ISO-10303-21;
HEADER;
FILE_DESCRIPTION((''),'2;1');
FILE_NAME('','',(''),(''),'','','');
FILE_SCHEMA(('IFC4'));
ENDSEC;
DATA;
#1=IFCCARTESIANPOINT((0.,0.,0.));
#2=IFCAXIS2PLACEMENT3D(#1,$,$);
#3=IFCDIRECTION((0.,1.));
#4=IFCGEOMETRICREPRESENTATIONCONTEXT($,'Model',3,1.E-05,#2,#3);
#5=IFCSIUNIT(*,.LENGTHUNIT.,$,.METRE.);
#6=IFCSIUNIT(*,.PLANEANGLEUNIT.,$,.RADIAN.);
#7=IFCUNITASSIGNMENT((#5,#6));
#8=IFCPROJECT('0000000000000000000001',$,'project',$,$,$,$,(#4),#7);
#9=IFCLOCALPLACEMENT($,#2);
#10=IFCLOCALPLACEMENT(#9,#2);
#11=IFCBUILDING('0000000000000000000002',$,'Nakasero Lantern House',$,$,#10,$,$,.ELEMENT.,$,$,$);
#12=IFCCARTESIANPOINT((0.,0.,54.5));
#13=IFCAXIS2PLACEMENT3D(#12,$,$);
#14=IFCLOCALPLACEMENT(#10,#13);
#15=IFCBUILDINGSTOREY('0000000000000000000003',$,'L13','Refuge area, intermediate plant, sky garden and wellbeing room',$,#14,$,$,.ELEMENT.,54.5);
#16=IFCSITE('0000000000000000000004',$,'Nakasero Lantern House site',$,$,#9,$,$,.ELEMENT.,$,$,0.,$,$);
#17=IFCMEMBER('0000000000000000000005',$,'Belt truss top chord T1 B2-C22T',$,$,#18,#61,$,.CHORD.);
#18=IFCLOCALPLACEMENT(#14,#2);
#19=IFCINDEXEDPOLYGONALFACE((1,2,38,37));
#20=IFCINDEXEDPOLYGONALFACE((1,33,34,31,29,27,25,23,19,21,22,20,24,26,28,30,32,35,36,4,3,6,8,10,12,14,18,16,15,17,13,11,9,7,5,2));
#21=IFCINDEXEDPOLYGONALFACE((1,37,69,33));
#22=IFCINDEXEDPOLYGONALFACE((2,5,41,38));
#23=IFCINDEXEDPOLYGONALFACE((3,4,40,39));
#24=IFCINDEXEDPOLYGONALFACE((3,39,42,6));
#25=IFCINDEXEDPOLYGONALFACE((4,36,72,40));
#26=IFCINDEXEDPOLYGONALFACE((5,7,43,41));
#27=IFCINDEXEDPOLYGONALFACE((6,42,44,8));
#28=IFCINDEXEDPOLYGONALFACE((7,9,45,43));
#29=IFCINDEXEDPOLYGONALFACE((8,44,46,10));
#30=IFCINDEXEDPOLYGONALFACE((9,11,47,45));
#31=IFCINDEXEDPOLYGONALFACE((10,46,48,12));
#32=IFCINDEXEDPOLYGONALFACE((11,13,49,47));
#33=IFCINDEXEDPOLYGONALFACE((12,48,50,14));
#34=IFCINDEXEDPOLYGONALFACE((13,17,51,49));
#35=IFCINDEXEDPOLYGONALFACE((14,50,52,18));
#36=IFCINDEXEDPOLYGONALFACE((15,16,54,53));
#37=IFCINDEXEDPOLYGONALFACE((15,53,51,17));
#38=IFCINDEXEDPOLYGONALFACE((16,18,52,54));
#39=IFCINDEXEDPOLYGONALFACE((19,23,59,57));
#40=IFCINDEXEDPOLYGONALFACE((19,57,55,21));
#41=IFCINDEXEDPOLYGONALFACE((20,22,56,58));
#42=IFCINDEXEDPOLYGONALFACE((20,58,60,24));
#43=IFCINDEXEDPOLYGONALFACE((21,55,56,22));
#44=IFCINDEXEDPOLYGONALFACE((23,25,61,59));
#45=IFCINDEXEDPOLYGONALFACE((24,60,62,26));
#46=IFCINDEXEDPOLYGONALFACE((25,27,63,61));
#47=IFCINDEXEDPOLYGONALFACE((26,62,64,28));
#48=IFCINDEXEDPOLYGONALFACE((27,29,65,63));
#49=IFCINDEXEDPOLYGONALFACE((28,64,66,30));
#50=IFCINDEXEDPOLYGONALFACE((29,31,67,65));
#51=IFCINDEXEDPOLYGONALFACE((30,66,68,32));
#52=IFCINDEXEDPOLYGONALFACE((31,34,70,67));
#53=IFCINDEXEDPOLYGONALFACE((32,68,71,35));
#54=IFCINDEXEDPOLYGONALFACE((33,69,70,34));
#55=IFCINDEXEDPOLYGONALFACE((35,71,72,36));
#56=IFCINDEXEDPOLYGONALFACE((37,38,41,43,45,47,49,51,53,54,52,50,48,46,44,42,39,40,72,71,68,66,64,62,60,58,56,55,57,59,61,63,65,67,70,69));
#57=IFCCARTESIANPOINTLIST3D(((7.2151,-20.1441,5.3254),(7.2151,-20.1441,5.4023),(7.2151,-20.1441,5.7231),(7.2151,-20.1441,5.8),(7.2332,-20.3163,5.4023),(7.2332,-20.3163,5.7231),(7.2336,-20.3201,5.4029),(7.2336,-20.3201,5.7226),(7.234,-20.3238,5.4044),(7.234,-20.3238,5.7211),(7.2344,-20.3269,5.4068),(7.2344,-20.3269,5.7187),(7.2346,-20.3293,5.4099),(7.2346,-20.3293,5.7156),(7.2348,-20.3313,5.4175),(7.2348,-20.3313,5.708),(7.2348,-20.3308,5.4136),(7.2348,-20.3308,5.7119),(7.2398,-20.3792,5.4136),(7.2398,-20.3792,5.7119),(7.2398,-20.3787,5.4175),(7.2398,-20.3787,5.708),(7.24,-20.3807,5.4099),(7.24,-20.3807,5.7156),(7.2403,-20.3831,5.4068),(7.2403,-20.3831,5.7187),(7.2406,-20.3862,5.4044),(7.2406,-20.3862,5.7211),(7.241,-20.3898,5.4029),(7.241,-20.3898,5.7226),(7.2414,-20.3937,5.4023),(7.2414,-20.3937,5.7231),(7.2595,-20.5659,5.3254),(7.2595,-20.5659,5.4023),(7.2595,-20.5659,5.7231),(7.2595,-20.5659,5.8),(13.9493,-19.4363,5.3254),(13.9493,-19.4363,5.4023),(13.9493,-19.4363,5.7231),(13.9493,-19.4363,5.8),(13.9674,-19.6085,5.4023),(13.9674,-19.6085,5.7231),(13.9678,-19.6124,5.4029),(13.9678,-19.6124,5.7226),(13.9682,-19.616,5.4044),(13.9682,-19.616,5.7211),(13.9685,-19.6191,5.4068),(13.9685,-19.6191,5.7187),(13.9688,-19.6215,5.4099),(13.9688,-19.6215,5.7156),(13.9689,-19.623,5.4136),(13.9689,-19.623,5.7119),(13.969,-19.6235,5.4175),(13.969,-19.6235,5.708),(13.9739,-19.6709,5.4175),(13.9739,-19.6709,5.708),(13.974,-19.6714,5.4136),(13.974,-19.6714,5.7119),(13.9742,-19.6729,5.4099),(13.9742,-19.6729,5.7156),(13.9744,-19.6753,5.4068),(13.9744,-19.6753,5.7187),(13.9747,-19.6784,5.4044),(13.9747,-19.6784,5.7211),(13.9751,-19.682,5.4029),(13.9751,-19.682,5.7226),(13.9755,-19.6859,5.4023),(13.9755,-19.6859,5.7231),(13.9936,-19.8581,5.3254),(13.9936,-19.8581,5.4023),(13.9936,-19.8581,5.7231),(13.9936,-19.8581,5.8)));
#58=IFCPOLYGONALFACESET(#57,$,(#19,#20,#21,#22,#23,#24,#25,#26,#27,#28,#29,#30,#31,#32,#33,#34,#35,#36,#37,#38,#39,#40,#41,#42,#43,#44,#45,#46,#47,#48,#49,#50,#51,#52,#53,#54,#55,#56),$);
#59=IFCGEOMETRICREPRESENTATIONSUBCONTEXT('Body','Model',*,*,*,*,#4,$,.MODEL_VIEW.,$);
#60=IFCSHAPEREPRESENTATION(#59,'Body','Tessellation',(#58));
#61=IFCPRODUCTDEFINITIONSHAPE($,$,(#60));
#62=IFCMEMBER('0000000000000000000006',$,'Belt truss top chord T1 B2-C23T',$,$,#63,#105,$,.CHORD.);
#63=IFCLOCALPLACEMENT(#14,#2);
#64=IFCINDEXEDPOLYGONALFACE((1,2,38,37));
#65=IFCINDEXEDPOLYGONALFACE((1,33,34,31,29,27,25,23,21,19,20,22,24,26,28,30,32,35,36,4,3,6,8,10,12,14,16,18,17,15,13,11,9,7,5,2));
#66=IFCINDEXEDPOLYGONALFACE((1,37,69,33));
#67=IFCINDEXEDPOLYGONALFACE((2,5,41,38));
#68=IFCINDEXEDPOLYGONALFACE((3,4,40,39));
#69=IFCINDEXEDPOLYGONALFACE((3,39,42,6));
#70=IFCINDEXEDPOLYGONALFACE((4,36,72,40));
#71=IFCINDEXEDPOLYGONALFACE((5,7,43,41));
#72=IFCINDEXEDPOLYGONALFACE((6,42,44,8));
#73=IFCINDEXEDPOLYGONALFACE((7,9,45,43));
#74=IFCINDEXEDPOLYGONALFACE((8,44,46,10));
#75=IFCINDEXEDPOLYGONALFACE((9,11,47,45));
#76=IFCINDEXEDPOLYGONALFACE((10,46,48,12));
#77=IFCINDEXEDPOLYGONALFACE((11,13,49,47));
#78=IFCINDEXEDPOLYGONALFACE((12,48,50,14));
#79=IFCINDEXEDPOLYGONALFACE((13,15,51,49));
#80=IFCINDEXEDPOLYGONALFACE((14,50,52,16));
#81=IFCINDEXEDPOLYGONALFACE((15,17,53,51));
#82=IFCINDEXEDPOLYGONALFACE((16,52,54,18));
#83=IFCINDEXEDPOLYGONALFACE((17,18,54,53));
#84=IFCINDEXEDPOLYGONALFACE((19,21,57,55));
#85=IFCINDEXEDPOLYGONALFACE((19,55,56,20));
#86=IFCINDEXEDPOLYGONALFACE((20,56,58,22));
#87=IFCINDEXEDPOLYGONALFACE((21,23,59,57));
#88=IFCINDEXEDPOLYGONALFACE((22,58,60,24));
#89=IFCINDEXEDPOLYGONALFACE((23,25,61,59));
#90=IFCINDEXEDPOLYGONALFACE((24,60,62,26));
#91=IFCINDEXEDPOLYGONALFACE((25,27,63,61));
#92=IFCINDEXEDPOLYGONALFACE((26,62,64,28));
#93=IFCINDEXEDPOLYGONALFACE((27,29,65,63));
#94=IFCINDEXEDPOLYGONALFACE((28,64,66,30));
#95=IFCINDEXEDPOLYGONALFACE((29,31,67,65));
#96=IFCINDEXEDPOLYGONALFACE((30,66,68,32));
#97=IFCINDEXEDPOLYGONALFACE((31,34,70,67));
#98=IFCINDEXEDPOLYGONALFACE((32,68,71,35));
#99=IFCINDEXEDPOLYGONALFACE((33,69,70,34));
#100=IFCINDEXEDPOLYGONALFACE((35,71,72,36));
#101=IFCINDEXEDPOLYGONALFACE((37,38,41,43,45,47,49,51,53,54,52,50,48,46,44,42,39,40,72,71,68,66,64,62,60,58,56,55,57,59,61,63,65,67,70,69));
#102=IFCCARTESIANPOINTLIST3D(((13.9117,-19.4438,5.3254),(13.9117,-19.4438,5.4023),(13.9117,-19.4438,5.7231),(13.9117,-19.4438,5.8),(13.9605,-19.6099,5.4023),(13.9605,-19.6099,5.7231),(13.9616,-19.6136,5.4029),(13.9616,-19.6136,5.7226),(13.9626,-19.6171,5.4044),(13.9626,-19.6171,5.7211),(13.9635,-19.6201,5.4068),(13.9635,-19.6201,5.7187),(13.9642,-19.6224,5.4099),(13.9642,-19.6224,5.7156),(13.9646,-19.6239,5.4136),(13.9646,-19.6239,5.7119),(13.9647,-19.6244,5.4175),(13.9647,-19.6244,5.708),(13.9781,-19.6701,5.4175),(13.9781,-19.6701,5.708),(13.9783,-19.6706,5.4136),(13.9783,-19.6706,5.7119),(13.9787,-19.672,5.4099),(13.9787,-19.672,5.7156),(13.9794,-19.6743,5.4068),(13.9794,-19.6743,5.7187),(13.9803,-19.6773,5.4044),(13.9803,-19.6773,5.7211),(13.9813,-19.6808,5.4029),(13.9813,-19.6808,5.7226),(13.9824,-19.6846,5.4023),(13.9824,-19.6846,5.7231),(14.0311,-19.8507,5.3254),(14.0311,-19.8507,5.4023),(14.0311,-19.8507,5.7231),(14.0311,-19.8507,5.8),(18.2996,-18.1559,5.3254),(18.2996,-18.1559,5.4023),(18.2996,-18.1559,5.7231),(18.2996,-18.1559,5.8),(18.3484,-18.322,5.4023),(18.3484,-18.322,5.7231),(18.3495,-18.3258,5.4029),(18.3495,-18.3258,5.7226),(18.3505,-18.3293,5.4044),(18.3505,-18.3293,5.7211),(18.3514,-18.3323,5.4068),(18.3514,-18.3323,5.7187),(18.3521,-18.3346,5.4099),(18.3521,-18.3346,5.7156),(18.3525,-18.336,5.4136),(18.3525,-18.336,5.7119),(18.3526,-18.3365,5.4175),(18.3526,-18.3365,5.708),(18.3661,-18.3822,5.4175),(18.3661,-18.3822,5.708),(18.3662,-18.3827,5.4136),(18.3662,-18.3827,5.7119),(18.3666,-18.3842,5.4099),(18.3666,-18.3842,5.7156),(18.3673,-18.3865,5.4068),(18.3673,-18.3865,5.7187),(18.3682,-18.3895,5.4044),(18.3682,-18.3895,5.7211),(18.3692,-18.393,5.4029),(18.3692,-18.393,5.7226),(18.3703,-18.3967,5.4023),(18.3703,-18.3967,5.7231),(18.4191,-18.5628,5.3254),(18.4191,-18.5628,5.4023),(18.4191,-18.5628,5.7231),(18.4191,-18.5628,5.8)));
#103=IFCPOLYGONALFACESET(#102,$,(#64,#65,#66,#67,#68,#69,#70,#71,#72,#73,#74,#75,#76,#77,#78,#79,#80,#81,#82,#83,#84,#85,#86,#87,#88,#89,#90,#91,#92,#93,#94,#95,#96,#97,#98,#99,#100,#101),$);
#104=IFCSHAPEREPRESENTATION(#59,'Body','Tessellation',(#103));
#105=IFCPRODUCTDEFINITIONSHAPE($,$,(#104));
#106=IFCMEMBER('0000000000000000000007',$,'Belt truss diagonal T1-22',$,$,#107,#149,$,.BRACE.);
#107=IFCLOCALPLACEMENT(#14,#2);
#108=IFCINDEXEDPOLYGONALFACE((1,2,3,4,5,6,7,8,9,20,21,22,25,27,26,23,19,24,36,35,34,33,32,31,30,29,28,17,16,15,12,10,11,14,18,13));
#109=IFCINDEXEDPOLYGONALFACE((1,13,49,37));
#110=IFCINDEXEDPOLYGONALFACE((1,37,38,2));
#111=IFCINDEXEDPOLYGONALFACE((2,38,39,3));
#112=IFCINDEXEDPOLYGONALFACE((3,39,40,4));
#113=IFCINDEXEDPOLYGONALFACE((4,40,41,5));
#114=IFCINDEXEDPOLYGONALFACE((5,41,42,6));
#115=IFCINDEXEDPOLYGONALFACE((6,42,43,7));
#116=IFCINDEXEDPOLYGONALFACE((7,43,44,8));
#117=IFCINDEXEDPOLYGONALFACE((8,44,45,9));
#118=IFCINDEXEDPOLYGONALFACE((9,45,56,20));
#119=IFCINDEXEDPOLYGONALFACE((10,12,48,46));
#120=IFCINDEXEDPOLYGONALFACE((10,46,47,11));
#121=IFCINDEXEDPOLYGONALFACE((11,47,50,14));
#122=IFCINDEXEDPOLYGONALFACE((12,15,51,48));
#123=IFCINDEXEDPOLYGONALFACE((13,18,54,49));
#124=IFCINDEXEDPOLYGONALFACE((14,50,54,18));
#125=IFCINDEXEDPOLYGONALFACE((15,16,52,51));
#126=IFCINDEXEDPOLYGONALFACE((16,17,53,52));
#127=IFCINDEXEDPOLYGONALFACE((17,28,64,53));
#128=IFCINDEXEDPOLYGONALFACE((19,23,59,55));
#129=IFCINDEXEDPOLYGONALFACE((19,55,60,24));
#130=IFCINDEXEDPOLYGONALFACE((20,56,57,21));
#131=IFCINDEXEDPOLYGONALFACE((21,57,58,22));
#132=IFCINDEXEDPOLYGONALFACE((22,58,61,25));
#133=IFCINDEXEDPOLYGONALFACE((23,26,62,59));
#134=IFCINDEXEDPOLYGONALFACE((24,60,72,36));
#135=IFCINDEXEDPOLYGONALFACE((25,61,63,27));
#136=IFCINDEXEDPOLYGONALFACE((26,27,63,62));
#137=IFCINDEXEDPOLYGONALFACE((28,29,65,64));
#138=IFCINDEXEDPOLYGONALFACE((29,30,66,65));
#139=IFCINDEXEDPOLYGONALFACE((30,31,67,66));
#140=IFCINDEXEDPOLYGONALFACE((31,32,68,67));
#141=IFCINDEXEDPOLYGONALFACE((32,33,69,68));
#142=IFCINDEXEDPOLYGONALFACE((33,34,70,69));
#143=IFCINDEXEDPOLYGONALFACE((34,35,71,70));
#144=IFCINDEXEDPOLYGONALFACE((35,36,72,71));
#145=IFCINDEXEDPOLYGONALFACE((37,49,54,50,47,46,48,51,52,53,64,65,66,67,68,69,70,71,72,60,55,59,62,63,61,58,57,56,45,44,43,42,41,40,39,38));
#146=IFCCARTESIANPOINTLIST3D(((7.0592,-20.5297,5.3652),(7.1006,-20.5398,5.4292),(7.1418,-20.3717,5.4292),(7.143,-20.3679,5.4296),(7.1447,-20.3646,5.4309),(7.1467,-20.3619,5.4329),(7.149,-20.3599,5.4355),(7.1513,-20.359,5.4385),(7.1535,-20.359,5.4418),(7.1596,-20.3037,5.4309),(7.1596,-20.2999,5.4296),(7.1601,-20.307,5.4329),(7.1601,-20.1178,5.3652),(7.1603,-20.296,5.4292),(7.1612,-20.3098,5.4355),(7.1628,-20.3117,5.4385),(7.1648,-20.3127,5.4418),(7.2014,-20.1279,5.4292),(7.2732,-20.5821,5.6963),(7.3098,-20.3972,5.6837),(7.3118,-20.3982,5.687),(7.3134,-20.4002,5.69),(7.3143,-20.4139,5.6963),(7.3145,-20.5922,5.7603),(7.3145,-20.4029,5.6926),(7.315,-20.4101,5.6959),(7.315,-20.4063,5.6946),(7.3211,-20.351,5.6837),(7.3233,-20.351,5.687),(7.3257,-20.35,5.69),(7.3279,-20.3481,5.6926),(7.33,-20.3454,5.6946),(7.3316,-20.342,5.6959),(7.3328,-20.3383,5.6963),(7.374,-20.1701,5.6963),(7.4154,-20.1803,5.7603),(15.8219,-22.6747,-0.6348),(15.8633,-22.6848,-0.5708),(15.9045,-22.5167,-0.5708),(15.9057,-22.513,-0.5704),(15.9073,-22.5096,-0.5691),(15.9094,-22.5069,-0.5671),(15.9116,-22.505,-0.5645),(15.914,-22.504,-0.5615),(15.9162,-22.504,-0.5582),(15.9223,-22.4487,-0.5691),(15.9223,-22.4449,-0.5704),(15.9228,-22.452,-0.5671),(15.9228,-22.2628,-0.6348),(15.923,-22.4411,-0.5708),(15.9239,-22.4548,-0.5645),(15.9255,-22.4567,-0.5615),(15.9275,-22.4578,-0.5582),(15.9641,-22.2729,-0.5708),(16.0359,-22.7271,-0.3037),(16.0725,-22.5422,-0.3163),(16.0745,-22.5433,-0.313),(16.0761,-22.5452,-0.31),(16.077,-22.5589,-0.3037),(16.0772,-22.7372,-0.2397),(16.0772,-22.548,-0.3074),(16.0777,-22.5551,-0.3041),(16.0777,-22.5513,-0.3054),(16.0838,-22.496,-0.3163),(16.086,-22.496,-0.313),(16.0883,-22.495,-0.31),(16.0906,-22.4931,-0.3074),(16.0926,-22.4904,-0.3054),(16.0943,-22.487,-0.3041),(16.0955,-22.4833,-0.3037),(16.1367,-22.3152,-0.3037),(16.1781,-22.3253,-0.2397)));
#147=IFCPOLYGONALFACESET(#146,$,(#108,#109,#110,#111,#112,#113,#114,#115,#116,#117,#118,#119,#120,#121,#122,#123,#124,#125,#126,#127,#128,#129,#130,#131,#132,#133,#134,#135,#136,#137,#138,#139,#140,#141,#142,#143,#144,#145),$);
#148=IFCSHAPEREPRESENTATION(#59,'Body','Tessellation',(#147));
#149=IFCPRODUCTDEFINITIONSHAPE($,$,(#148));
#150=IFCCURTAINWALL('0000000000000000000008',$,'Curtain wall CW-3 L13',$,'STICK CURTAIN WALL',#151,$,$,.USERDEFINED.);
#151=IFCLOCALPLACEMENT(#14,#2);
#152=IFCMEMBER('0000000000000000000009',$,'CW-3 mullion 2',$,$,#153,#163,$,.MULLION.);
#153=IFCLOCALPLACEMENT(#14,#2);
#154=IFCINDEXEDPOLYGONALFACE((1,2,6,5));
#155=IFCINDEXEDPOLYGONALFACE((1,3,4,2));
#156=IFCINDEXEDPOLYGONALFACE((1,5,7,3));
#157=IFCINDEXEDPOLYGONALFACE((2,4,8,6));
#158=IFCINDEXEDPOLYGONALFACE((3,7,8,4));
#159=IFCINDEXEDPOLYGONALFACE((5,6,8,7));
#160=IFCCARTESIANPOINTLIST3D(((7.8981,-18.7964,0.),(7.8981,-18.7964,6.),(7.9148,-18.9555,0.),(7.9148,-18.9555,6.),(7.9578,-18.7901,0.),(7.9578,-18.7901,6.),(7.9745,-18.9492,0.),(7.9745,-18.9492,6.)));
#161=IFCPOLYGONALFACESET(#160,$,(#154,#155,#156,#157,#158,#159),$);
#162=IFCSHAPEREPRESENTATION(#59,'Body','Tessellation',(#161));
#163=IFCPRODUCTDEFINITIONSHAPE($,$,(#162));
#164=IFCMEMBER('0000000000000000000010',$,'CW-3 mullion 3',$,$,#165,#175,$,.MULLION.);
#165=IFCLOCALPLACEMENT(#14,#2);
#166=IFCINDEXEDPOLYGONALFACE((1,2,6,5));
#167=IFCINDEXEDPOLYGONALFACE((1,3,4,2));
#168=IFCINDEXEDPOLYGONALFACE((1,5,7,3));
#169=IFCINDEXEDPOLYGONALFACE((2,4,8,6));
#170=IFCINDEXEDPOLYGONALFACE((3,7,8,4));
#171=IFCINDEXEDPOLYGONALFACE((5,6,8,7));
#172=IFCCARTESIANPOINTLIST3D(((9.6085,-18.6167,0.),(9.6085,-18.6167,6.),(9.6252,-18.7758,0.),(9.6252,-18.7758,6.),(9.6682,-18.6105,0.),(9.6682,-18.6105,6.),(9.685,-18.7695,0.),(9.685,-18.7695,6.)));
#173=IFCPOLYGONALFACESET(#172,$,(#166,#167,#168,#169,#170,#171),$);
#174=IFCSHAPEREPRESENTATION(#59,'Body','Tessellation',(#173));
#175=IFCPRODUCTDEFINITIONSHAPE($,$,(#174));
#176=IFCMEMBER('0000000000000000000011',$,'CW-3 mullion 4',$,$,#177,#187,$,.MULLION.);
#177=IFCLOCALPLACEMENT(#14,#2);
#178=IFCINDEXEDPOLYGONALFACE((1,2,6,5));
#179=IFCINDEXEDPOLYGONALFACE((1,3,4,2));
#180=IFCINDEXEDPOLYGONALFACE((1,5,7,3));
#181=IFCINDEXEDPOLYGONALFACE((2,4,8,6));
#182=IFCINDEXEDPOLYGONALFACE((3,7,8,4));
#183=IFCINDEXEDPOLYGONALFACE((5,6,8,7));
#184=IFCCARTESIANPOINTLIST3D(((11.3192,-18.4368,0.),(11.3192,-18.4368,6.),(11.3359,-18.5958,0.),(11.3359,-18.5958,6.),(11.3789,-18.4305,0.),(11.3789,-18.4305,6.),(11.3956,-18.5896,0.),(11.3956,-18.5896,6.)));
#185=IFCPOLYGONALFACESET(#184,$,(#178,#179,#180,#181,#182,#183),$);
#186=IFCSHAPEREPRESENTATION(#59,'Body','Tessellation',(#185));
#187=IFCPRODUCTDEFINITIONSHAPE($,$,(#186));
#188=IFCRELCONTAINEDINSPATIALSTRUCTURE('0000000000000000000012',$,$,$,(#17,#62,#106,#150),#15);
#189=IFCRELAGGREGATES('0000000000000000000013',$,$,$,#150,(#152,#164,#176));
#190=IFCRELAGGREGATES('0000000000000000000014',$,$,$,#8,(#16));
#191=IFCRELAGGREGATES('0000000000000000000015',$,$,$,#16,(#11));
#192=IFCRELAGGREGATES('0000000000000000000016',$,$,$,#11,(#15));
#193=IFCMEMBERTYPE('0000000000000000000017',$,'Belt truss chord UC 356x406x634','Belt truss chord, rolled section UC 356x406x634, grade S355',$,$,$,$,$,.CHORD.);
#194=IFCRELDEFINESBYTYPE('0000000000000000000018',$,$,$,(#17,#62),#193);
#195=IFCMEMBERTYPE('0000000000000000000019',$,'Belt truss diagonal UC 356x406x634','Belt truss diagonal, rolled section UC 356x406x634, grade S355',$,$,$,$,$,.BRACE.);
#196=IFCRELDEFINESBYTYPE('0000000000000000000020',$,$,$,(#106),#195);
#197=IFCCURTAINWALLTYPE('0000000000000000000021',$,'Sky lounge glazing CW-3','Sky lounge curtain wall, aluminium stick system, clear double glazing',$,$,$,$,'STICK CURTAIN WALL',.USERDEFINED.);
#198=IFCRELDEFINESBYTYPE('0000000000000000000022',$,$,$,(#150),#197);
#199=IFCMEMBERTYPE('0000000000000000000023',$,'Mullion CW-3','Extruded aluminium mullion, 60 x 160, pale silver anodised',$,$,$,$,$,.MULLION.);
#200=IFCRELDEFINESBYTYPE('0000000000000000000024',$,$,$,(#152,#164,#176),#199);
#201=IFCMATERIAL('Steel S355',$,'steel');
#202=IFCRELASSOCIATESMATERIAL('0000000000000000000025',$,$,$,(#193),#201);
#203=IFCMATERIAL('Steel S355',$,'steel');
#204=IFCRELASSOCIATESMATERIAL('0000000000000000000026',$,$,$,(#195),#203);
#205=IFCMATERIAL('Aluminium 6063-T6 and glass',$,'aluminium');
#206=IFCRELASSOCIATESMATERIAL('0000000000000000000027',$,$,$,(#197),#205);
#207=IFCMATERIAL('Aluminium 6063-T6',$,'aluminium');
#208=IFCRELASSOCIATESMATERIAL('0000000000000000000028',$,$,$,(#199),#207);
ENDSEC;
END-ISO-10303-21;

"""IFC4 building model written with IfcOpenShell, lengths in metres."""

from ifc_helpers import new_model, si_unit, direction, frame, origin, origin_2d, place, context, subcontext, project, spatial, rectangle, i_section, extrude, material, material_profile, profile_set, type_object, element, aggregate, save


model = new_model("IFC4")

# Units and contexts
model_context = context("Model", 3, precision=1e-05, world=origin(), true_north=direction((0.0, 1.0)))
body_context = subcontext(model_context, "Body", "Model", "MODEL_VIEW")
ifc_project = project(units=[si_unit("LENGTHUNIT", "METRE"), si_unit("PLANEANGLEUNIT", "RADIAN")], contexts=[model_context])

# Site, building, storey
site_placement = place(None, origin())
site = spatial("IfcSite", under=ifc_project, at=site_placement, Name="Nakasero Lantern House site", CompositionType="ELEMENT", RefElevation=0.0)
building_placement = place(site_placement, origin())
building = spatial("IfcBuilding", under=site, at=building_placement, Name="Nakasero Lantern House", CompositionType="ELEMENT")
storey_placement = place(building_placement, frame((0.0, 0.0, 54.5)))
storey = spatial("IfcBuildingStorey", under=building, at=storey_placement, Name="L13", Description="Refuge area, intermediate plant, sky garden and wellbeing room", CompositionType="ELEMENT", Elevation=54.5)

# Members
ifc_material_1 = material(Name="Steel S355", Category="steel")
ifc_material_profile_1 = material_profile(ifc_material_1, i_section(OverallWidth=0.4241, OverallDepth=0.4746, WebThickness=0.0476, FlangeThickness=0.0769, FilletRadius=0.0151, at=origin_2d()), Name="UC 356x406x634")
ifc_profile_set_1 = profile_set([ifc_material_profile_1], Name="Steel S355")
member_type_1 = type_object("IfcMemberType", Name="Belt truss chord UC 356x406x634", Description="Belt truss chord, rolled section UC 356x406x634, grade S355", PredefinedType="CHORD", material=ifc_profile_set_1)
member_1_placement = place(storey_placement, frame((7.2373, -20.355, 5.5627), z_axis=(0.994522, 0.104525, 0.0), x_axis=(-0.104525, 0.994522, 0.0)))
element("IfcMember", 1, at=member_1_placement, inside=storey, type_object=member_type_1, Name="Belt truss top chord T1 B2-C22T", PredefinedType="CHORD", context=body_context, shape_type="SweptSolid", body=[
    extrude(i_section(OverallWidth=0.4241, OverallDepth=0.4746, WebThickness=0.0476, FlangeThickness=0.0769, FilletRadius=0.0151, at=origin_2d()), origin(), (0.0, 0.0, 1.0), 6.7712),
])
member_2_placement = place(storey_placement, frame((13.9714, -19.6472, 5.5627), z_axis=(0.959527, 0.281617, 0.0), x_axis=(-0.281617, 0.959527, 0.0)))
element("IfcMember", 2, at=member_2_placement, inside=storey, type_object=member_type_1, Name="Belt truss top chord T1 B2-C23T", PredefinedType="CHORD", context=body_context, shape_type="SweptSolid", body=[
    extrude(i_section(OverallWidth=0.4241, OverallDepth=0.4746, WebThickness=0.0476, FlangeThickness=0.0769, FilletRadius=0.0151, at=origin_2d()), origin(), (0.0, 0.0, 1.0), 4.573),
])
ifc_material_2 = material(Name="Steel S355", Category="steel")
ifc_material_profile_2 = material_profile(ifc_material_2, i_section(OverallWidth=0.4241, OverallDepth=0.4746, WebThickness=0.0476, FlangeThickness=0.0769, FilletRadius=0.0151, at=origin_2d()), Name="UC 356x406x634")
ifc_profile_set_2 = profile_set([ifc_material_profile_2], Name="Steel S355")
member_type_2 = type_object("IfcMemberType", Name="Belt truss diagonal UC 356x406x634", Description="Belt truss diagonal, rolled section UC 356x406x634, grade S355", PredefinedType="BRACE", material=ifc_profile_set_2)
member_3_placement = place(storey_placement, frame((7.2373, -20.355, 5.5627), z_axis=(0.808779, -0.197981, -0.553788), x_axis=(0.23777, 0.971322, 0.0)))
element("IfcMember", 3, at=member_3_placement, inside=storey, type_object=member_type_2, Name="Belt truss diagonal T1-22", PredefinedType="BRACE", context=body_context, shape_type="SweptSolid", body=[
    extrude(i_section(OverallWidth=0.4241, OverallDepth=0.4746, WebThickness=0.0476, FlangeThickness=0.0769, FilletRadius=0.0151, at=origin_2d()), origin(), (0.0, 0.0, 1.0), 10.8345),
])

# Curtain wall, members
ifc_material_3 = material(Name="Aluminium 6063-T6 and glass", Category="aluminium")
curtain_wall_type = type_object("IfcCurtainWallType", Name="Sky lounge glazing CW-3", Description="Sky lounge curtain wall, aluminium stick system, clear double glazing", ElementType="STICK CURTAIN WALL", PredefinedType="USERDEFINED", material=ifc_material_3)
curtain_wall_placement = place(storey_placement, origin())
curtain_wall = element("IfcCurtainWall", 4, at=curtain_wall_placement, inside=storey, type_object=curtain_wall_type, Name="Curtain wall CW-3 L13", ObjectType="STICK CURTAIN WALL", PredefinedType="USERDEFINED")
ifc_material_4 = material(Name="Aluminium 6063-T6", Category="aluminium")
ifc_material_profile_3 = material_profile(ifc_material_4, rectangle(XDim=0.0601, YDim=0.1599, at=origin_2d()), Name="CW-3 mullion 60x160")
ifc_profile_set_3 = profile_set([ifc_material_profile_3], Name="Aluminium 6063-T6")
member_type_3 = type_object("IfcMemberType", Name="Mullion CW-3", Description="Extruded aluminium mullion, 60 x 160, pale silver anodised", PredefinedType="MULLION", material=ifc_profile_set_3)
member_4_placement = place(storey_placement, frame((7.9363, -18.8728, 0.0), z_axis=(0.0, 0.0, 1.0), x_axis=(0.994522, 0.104528, 0.0)))
member_4 = element("IfcMember", 5, at=member_4_placement, type_object=member_type_3, Name="CW-3 mullion 2", PredefinedType="MULLION", context=body_context, shape_type="SweptSolid", body=[
    extrude(rectangle(XDim=0.0601, YDim=0.1599, at=origin_2d()), origin(), (0.0, 0.0, 1.0), 6.0),
])
member_5_placement = place(storey_placement, frame((9.6467, -18.6931, 0.0), z_axis=(0.0, 0.0, 1.0), x_axis=(0.994522, 0.104528, 0.0)))
member_5 = element("IfcMember", 6, at=member_5_placement, type_object=member_type_3, Name="CW-3 mullion 3", PredefinedType="MULLION", context=body_context, shape_type="SweptSolid", body=[
    extrude(rectangle(XDim=0.0601, YDim=0.1599, at=origin_2d()), origin(), (0.0, 0.0, 1.0), 6.0),
])
member_6_placement = place(storey_placement, frame((11.3574, -18.5132, 0.0), z_axis=(0.0, 0.0, 1.0), x_axis=(0.994522, 0.104528, 0.0)))
member_6 = element("IfcMember", 7, at=member_6_placement, type_object=member_type_3, Name="CW-3 mullion 4", PredefinedType="MULLION", context=body_context, shape_type="SweptSolid", body=[
    extrude(rectangle(XDim=0.0601, YDim=0.1599, at=origin_2d()), origin(), (0.0, 0.0, 1.0), 6.0),
])

aggregate(curtain_wall, [member_4, member_5, member_6])

save(model, "model.ifc")
